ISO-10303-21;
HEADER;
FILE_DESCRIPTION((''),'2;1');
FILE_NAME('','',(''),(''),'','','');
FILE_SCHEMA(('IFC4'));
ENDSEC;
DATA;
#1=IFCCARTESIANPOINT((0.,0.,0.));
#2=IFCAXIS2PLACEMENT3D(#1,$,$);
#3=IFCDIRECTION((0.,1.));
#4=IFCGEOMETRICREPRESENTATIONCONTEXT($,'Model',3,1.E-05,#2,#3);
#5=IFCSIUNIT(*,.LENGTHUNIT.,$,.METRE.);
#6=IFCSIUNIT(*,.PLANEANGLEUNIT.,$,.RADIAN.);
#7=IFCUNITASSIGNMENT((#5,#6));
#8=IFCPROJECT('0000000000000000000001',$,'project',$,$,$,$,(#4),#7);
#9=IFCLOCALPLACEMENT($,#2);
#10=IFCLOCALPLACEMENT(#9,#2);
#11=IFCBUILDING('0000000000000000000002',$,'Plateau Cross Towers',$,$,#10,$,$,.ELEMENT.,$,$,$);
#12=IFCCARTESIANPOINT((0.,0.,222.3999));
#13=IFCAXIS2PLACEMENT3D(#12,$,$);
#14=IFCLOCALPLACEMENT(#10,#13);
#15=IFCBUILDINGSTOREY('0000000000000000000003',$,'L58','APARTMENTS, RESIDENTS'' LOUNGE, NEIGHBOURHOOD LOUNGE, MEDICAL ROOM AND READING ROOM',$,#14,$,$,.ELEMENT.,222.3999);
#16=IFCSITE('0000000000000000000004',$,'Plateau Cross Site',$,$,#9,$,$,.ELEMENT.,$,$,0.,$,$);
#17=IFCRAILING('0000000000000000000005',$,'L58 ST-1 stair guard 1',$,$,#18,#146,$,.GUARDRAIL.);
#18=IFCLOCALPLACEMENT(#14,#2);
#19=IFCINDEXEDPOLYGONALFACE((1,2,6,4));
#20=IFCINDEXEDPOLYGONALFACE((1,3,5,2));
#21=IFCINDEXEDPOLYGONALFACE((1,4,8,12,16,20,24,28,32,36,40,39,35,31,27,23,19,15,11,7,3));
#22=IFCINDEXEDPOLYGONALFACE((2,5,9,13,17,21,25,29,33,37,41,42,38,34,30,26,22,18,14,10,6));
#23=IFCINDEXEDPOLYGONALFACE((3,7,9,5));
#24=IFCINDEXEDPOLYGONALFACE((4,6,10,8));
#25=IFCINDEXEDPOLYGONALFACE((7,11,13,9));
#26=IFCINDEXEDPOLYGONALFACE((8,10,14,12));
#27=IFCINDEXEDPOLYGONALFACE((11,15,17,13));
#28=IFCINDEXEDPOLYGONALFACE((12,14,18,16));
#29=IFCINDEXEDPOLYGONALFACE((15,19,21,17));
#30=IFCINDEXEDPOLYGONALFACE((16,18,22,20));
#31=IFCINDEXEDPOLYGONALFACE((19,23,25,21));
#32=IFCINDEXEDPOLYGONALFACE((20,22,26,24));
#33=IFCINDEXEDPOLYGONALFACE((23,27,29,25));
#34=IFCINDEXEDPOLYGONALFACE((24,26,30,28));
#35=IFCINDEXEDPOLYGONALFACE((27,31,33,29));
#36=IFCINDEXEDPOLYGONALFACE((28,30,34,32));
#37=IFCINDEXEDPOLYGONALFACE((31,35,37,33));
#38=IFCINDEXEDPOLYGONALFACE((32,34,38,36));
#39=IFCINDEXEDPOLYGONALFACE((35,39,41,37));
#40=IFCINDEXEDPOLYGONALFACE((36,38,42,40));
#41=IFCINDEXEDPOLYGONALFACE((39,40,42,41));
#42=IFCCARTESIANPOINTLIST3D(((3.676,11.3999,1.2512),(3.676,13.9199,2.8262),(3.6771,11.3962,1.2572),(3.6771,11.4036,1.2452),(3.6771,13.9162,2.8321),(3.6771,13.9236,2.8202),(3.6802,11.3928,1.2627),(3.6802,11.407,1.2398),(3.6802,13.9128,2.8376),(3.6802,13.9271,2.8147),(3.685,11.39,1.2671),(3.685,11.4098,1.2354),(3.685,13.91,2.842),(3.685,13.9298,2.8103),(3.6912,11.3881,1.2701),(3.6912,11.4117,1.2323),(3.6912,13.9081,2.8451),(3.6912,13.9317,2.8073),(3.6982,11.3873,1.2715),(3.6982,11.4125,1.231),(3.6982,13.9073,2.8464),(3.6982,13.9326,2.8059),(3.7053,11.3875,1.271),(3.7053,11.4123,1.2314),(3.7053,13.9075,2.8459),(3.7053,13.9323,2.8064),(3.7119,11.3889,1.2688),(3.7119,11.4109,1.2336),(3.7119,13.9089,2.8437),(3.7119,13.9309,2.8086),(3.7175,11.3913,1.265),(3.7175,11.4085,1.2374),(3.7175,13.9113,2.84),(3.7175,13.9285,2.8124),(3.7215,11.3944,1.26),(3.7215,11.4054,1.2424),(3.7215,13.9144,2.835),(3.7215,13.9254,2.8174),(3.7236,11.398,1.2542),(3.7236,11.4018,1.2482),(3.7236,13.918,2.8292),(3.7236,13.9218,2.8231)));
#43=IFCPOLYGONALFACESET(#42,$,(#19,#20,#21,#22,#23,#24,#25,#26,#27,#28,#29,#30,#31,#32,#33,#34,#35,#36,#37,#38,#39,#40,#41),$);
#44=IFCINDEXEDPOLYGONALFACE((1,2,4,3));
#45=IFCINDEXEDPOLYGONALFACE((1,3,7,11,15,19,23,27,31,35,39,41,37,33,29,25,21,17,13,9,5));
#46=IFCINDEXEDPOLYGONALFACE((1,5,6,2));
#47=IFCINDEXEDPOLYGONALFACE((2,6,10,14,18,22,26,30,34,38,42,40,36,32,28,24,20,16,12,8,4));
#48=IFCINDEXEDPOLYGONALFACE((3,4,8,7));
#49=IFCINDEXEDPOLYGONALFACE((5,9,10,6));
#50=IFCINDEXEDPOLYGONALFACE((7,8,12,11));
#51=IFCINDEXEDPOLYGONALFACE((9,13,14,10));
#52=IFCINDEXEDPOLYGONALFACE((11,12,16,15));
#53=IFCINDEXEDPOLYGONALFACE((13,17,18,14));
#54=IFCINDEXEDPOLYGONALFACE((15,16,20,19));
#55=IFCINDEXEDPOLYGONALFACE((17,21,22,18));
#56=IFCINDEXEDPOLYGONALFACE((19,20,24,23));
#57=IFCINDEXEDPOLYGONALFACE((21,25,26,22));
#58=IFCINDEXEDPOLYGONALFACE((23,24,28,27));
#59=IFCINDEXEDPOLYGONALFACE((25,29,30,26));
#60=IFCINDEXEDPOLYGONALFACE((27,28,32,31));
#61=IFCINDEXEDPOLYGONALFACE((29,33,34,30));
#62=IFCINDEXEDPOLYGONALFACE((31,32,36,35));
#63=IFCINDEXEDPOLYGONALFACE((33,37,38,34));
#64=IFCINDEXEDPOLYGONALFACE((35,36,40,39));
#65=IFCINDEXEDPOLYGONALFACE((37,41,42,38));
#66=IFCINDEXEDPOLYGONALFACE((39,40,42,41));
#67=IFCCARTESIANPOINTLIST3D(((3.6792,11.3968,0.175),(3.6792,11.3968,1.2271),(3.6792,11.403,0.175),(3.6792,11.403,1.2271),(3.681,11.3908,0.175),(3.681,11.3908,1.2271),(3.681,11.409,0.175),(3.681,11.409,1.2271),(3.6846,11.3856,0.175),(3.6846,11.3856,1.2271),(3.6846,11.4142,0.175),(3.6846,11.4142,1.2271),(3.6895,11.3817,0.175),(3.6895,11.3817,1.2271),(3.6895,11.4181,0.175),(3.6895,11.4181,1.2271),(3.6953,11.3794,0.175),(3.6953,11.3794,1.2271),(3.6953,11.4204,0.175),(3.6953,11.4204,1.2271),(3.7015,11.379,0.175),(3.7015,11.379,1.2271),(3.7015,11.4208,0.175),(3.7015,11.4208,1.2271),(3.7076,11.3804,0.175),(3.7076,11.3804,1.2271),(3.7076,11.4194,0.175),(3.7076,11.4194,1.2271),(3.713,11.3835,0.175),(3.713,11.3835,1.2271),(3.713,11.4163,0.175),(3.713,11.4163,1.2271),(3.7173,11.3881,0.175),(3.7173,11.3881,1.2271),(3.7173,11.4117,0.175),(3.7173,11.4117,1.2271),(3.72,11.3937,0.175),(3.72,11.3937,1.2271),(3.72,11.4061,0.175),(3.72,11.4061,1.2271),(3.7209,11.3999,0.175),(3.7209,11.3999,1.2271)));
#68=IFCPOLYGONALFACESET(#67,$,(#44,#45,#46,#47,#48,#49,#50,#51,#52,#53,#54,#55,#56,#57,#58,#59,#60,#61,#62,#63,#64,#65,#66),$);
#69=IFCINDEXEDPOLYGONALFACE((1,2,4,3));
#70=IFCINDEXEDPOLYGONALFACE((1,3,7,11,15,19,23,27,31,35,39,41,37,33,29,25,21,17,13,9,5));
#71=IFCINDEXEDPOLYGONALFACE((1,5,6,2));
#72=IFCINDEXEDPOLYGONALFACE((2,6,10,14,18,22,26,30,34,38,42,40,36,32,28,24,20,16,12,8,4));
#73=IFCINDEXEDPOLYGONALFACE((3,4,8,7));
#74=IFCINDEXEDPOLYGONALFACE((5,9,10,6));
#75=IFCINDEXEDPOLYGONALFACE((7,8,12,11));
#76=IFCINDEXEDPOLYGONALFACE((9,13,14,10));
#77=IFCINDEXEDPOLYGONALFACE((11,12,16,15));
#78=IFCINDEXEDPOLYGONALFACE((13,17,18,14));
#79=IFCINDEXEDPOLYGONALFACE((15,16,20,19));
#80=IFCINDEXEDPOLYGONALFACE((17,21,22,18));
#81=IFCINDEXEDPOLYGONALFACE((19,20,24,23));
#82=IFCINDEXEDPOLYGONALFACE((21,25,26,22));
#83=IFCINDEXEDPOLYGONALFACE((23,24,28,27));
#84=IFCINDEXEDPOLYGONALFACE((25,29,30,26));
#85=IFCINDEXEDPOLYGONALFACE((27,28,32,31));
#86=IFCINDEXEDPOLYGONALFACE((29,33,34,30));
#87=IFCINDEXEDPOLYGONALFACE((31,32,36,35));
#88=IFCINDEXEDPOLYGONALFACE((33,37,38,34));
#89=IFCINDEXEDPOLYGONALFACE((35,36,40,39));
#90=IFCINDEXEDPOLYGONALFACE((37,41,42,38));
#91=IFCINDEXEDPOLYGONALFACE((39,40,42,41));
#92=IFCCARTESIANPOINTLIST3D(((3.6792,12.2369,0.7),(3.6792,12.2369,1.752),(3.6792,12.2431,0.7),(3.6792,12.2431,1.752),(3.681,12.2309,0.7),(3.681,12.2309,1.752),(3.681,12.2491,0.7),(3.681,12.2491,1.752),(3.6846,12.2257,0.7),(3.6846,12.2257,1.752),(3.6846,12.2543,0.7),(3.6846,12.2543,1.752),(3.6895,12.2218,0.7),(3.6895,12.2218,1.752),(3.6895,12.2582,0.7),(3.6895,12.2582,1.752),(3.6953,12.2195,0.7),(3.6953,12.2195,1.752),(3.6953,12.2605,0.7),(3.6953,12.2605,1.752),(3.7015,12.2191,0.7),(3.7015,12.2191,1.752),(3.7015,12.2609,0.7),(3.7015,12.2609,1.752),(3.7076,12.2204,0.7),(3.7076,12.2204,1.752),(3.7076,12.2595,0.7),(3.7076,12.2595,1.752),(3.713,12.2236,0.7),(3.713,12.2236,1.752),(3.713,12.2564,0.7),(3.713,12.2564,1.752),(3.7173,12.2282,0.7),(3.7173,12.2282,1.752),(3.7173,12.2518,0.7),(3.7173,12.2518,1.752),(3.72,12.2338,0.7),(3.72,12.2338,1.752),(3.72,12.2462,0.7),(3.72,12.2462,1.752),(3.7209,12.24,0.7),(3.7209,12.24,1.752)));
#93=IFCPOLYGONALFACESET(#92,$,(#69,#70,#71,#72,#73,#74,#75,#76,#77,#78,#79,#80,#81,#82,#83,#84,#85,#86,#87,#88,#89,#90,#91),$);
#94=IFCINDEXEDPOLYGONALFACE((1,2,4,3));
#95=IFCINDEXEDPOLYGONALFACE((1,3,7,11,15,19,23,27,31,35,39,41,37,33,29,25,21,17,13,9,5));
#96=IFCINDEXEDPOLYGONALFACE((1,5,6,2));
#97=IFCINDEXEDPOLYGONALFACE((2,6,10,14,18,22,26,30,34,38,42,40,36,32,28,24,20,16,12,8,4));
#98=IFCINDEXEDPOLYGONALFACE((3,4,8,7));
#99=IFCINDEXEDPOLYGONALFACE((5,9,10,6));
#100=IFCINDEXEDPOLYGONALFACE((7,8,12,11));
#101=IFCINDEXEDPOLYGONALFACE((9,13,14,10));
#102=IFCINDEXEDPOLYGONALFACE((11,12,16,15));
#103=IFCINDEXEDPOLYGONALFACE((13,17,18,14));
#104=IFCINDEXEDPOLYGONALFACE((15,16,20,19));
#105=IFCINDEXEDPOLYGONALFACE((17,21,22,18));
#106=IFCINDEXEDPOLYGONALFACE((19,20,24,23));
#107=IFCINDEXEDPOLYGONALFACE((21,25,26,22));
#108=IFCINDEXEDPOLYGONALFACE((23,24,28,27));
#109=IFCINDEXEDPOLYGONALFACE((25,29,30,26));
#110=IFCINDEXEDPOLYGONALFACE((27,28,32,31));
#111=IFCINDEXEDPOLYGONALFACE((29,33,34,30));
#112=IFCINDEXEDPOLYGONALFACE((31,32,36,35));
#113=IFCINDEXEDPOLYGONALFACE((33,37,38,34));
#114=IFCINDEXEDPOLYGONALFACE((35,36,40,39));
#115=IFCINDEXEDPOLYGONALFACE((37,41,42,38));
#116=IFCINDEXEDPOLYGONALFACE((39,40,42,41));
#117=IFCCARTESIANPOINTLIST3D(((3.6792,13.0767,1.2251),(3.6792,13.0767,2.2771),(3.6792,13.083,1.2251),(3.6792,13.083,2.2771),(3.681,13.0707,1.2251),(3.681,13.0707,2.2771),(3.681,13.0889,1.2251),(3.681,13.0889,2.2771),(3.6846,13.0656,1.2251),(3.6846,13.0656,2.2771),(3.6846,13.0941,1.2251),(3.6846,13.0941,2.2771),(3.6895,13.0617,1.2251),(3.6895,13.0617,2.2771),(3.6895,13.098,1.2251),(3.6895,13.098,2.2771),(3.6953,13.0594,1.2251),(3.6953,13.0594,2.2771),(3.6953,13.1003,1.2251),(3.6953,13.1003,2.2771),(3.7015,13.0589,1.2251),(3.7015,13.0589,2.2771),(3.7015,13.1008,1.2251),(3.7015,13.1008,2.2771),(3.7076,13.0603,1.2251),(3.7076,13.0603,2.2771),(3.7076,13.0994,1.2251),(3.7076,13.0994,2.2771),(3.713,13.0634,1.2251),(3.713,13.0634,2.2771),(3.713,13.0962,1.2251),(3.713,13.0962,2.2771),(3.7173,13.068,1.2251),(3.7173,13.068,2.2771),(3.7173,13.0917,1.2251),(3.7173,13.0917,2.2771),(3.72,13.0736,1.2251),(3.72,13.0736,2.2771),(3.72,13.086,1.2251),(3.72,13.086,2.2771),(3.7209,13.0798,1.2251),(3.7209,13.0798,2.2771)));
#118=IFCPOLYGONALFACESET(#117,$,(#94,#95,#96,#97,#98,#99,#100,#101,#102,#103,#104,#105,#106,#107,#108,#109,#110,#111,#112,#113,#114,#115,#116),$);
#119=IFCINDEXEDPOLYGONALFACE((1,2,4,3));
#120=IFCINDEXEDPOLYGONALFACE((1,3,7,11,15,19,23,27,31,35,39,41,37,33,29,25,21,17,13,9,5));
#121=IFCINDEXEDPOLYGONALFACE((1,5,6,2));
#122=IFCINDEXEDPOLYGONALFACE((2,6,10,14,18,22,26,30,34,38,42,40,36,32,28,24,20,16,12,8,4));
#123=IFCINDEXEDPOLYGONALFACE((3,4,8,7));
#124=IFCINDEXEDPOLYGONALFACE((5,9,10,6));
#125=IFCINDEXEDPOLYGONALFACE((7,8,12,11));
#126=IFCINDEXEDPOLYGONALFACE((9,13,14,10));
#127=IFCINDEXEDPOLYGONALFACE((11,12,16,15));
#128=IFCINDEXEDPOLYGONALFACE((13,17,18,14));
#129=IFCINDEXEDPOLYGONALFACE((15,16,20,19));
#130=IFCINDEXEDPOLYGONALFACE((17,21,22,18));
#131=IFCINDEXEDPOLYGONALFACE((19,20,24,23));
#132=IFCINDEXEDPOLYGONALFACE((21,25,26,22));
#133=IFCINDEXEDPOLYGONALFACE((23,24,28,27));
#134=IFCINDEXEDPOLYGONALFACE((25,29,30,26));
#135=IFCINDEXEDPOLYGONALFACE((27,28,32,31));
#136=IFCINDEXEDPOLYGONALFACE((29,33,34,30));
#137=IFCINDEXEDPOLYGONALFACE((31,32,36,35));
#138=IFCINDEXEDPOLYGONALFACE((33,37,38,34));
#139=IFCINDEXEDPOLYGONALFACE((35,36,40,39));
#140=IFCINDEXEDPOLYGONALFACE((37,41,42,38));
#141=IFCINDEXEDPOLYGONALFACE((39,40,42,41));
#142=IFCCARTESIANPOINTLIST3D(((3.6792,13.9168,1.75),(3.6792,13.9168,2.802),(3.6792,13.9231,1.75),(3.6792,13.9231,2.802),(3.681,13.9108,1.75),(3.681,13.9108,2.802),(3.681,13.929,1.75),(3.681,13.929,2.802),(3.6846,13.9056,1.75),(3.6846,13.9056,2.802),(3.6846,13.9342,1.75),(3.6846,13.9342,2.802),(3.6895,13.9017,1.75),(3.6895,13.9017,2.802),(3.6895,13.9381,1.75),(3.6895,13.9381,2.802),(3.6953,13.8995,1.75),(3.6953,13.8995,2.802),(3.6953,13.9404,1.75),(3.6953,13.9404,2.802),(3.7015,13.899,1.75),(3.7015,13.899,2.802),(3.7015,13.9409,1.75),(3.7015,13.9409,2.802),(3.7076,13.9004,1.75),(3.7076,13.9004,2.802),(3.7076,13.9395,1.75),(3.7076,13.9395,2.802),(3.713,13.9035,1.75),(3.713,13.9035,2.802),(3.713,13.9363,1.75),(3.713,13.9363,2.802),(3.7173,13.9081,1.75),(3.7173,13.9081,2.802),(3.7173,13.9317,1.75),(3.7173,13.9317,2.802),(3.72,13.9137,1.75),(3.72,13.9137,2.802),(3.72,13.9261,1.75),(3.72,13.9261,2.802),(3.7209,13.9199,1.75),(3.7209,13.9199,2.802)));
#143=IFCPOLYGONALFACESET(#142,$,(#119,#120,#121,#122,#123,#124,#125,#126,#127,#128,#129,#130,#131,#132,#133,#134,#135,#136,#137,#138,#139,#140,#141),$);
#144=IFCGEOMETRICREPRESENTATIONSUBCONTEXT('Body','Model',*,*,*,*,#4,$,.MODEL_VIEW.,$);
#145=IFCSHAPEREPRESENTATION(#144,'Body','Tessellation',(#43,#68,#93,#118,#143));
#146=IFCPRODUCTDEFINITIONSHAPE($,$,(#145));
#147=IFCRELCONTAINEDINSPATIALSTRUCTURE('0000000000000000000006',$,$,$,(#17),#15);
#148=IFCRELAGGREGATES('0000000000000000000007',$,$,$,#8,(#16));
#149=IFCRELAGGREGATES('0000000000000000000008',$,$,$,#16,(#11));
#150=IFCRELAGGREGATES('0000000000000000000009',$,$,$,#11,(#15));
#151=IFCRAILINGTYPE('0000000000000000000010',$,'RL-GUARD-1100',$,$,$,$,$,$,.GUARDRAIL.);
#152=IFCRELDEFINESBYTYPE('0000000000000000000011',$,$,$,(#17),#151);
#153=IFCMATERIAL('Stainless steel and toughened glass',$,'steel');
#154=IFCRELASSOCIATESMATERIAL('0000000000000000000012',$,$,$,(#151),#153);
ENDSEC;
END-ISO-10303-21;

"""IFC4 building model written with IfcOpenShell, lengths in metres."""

from ifc_helpers import new_model, si_unit, direction, frame, origin, origin_2d, place, context, subcontext, project, spatial, circle, extrude, material, type_object, element, save


model = new_model("IFC4")

# Units and contexts
model_context = context("Model", 3, precision=1e-05, world=origin(), true_north=direction((0.0, 1.0)))
body_context = subcontext(model_context, "Body", "Model", "MODEL_VIEW")
ifc_project = project(units=[si_unit("LENGTHUNIT", "METRE"), si_unit("PLANEANGLEUNIT", "RADIAN")], contexts=[model_context])

# Site, building, storey
site_placement = place(None, origin())
site = spatial("IfcSite", under=ifc_project, at=site_placement, Name="Plateau Cross Site", CompositionType="ELEMENT", RefElevation=0.0)
building_placement = place(site_placement, origin())
building = spatial("IfcBuilding", under=site, at=building_placement, Name="Plateau Cross Towers", CompositionType="ELEMENT")
storey_placement = place(building_placement, frame((0.0, 0.0, 222.3999)))
storey = spatial("IfcBuildingStorey", under=building, at=storey_placement, Name="L58", Description="APARTMENTS, RESIDENTS' LOUNGE, NEIGHBOURHOOD LOUNGE, MEDICAL ROOM AND READING ROOM", CompositionType="ELEMENT", Elevation=222.3999)

# Railing
ifc_material_1 = material(Name="Stainless steel and toughened glass", Category="steel")
railing_type_1 = type_object("IfcRailingType", Name="RL-GUARD-1100", PredefinedType="GUARDRAIL", material=ifc_material_1)
railing_1_placement = place(storey_placement, frame((3.7, 11.3999, 0.175)))
element("IfcRailing", 1, at=railing_1_placement, inside=storey, type_object=railing_type_1, Name="L58 ST-1 stair guard 1", PredefinedType="GUARDRAIL", context=body_context, shape_type="SweptSolid", body=[
    extrude(circle(Radius=0.0239, at=origin_2d()), frame((0.0, 0.0, 1.0762), z_axis=(0.0, 0.848008, 0.529984), x_axis=(-1.0, 0.0, 0.0)), (0.0, 0.0, 1.0), 2.9717),
    extrude(circle(Radius=0.021, at=origin_2d()), origin(), (0.0, 0.0, 1.0), 1.052),
    extrude(circle(Radius=0.021, at=origin_2d()), frame((0.0, 0.8401, 0.5249)), (0.0, 0.0, 1.0), 1.052),
    extrude(circle(Radius=0.021, at=origin_2d()), frame((0.0, 1.6799, 1.05)), (0.0, 0.0, 1.0), 1.052),
    extrude(circle(Radius=0.021, at=origin_2d()), frame((0.0, 2.52, 1.575)), (0.0, 0.0, 1.0), 1.052),
])

save(model, "model.ifc")
